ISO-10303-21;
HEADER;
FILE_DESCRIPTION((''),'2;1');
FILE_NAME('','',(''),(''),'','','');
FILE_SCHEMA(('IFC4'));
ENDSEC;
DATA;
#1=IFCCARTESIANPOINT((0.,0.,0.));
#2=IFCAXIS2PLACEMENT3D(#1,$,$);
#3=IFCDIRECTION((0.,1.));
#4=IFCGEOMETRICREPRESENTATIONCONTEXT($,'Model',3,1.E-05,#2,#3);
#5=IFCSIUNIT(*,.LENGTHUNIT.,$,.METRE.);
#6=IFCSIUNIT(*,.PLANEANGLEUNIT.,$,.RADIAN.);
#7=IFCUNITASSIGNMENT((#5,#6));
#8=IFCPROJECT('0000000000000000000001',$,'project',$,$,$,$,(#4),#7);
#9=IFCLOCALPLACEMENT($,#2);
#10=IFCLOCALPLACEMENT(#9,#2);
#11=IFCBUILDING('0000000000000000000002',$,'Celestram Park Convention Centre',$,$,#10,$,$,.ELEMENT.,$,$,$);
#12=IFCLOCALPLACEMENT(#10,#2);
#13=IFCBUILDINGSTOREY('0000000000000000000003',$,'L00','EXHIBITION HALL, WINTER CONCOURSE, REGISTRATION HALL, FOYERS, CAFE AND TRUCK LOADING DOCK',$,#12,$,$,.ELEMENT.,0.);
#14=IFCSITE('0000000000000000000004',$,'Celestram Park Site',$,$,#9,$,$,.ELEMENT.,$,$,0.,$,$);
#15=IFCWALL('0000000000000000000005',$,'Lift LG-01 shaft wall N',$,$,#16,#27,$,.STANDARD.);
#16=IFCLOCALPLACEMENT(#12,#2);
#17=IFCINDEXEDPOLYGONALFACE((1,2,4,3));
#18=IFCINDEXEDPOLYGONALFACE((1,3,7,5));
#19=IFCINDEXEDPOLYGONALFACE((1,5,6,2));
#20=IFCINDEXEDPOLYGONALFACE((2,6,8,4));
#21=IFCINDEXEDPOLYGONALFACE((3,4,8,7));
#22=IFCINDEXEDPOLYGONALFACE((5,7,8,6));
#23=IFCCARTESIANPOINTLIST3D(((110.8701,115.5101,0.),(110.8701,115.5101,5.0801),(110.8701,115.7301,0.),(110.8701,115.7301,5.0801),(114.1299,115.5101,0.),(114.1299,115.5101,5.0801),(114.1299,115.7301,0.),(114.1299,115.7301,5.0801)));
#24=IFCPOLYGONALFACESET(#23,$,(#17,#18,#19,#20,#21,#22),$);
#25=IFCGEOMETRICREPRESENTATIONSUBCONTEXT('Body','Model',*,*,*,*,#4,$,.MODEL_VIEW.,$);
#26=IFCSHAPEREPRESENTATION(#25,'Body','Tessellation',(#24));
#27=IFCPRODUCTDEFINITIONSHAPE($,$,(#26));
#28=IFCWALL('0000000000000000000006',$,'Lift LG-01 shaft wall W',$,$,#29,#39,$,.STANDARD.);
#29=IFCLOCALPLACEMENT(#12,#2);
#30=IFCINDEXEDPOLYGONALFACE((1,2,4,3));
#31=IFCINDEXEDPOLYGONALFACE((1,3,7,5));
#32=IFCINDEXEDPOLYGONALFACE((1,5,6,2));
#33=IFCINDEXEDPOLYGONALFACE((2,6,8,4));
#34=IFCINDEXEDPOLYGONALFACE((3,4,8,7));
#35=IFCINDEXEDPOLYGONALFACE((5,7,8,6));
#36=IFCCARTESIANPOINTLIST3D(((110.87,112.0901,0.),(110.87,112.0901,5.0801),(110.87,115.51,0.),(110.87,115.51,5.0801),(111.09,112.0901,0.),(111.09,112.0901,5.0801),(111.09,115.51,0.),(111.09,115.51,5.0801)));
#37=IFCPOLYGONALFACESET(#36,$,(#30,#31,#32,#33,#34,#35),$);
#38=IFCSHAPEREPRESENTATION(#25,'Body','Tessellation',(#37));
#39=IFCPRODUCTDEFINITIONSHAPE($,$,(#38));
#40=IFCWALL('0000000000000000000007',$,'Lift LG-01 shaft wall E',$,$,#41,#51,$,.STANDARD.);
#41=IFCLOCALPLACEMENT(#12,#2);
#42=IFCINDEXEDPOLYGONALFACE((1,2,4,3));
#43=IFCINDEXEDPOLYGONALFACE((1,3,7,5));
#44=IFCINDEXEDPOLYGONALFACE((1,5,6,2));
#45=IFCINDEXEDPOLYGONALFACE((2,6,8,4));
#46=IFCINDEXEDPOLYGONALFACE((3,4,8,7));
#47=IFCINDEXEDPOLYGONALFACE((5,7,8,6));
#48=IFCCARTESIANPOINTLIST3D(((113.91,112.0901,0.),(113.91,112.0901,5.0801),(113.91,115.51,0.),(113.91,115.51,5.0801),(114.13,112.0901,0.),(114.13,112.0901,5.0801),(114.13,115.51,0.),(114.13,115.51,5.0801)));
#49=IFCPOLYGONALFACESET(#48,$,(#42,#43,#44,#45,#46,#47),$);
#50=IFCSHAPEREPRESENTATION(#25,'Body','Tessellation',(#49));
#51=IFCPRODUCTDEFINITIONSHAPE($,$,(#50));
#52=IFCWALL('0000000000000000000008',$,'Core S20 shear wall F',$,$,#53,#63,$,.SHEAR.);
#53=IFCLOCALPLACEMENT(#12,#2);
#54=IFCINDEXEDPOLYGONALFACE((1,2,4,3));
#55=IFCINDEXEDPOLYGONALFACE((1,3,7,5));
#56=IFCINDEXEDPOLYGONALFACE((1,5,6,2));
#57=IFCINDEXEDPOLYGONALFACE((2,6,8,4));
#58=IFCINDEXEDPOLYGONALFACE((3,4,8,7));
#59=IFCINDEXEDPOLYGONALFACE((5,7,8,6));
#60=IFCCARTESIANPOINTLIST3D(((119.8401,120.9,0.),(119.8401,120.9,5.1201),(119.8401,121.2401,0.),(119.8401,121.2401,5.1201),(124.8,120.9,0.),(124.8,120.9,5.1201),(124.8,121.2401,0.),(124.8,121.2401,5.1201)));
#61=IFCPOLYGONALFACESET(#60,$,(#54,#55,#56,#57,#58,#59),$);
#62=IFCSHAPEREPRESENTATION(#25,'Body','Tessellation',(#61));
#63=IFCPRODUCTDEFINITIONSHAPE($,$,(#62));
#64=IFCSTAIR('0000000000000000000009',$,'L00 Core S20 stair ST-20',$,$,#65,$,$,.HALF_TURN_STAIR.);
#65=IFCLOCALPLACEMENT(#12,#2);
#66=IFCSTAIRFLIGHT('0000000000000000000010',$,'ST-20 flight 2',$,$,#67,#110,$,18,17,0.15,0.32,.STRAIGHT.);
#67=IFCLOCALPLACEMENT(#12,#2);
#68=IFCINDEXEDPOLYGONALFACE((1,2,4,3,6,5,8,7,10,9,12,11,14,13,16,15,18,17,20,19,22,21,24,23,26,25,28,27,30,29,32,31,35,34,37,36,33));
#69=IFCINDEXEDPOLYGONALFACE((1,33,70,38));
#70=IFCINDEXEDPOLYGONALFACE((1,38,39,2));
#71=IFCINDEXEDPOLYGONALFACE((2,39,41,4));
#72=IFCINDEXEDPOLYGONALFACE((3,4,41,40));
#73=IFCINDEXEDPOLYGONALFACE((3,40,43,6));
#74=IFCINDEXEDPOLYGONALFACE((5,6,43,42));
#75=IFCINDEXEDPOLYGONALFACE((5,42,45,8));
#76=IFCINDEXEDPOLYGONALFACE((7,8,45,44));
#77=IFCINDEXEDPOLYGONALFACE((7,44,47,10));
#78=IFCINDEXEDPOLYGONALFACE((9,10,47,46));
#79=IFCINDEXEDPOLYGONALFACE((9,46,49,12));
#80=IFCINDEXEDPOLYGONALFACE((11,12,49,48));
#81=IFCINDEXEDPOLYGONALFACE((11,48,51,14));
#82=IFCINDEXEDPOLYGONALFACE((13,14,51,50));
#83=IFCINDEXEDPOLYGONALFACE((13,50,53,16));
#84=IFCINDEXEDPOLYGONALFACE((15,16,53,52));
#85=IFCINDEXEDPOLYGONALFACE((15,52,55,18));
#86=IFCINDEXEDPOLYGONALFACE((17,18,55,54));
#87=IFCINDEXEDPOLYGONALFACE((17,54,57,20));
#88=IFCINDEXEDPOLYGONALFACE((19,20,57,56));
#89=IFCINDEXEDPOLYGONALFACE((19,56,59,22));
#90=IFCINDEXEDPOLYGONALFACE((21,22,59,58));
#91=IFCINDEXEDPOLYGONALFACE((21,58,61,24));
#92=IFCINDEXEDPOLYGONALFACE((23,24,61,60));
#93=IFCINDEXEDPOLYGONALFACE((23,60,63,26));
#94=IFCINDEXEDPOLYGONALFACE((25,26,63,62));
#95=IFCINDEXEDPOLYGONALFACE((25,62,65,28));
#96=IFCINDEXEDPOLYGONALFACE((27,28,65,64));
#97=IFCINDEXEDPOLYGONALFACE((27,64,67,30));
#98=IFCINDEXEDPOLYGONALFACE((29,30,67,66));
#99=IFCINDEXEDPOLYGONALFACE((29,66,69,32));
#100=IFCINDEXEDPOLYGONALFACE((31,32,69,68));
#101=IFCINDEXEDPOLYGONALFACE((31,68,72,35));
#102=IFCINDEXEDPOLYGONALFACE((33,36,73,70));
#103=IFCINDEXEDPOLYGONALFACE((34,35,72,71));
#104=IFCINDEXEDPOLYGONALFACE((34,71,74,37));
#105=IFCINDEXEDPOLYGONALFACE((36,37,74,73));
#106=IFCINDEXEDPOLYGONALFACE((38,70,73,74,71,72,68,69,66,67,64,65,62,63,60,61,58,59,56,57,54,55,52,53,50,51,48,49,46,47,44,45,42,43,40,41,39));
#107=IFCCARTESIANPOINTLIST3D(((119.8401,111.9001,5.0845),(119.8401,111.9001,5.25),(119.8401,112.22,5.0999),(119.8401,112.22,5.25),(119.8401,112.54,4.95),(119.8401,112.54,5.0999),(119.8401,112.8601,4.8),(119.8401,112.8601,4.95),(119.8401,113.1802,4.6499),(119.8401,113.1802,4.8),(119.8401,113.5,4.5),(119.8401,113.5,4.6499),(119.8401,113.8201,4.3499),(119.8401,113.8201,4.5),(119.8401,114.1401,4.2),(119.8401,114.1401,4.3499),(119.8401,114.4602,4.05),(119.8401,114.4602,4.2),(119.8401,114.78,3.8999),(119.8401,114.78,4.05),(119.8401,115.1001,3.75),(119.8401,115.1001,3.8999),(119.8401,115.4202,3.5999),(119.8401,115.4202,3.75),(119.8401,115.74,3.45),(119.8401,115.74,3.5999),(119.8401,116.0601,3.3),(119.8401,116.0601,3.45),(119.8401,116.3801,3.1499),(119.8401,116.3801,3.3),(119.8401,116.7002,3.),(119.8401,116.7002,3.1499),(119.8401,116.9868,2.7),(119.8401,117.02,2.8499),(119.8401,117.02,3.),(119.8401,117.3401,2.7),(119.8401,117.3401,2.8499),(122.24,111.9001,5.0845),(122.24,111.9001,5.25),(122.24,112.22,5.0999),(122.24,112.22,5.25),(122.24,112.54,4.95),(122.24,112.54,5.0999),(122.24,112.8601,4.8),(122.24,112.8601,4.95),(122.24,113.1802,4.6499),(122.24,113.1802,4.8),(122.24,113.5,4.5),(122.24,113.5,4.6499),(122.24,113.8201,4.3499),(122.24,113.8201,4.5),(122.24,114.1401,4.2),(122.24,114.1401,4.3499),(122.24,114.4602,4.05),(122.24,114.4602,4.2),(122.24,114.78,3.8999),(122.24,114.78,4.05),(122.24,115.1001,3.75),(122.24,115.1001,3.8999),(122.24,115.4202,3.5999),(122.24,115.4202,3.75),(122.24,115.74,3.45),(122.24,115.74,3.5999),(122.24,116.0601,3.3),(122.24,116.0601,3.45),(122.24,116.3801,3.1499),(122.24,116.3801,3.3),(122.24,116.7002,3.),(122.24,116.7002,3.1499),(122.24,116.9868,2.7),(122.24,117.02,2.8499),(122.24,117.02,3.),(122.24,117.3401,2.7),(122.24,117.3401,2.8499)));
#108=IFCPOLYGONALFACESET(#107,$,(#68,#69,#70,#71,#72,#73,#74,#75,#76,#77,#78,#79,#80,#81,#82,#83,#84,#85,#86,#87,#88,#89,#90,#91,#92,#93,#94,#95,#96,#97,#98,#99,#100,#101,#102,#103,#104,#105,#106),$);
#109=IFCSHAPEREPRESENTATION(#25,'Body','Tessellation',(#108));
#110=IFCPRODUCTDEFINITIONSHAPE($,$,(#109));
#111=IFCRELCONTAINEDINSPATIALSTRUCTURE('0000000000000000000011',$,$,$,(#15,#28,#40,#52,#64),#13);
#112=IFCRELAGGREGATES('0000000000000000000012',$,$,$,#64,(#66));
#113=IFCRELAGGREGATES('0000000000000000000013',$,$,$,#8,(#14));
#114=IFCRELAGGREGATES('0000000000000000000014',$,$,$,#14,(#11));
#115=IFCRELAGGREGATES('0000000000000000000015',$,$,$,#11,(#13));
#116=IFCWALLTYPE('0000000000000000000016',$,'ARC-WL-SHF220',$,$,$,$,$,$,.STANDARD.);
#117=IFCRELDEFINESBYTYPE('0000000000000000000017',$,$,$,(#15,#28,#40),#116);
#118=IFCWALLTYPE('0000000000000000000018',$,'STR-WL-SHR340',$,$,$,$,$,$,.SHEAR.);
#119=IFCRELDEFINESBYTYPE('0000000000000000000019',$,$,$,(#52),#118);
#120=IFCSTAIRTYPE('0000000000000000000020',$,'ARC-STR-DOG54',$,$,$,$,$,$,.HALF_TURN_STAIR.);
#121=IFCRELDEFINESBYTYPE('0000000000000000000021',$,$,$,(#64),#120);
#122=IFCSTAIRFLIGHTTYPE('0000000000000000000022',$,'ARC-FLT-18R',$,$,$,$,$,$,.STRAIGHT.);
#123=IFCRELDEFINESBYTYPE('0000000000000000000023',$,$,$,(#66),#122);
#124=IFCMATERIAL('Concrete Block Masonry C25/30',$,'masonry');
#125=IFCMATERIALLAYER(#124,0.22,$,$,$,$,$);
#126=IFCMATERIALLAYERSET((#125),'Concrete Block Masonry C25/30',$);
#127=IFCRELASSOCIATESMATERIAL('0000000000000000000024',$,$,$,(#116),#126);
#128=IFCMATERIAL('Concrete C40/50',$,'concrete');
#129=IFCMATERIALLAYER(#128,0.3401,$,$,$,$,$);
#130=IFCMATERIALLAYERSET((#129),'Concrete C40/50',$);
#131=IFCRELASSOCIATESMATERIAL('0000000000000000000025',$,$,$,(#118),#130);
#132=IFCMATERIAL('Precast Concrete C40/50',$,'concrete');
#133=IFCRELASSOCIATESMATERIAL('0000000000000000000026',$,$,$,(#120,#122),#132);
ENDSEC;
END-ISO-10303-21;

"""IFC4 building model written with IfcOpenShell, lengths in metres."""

from ifc_helpers import new_model, si_unit, direction, frame, frame_2d, origin, place, context, subcontext, project, spatial, polyline, rectangle, outline, extrude, material, layer, layer_set, type_object, element, aggregate, save


model = new_model("IFC4")

# Units and contexts
model_context = context("Model", 3, precision=1e-05, world=origin(), true_north=direction((0.0, 1.0)))
body_context = subcontext(model_context, "Body", "Model", "MODEL_VIEW")
ifc_project = project(units=[si_unit("LENGTHUNIT", "METRE"), si_unit("PLANEANGLEUNIT", "RADIAN")], contexts=[model_context])

# Site, building, storey
site_placement = place(None, origin())
site = spatial("IfcSite", under=ifc_project, at=site_placement, Name="Celestram Park Site", CompositionType="ELEMENT", RefElevation=0.0)
building_placement = place(site_placement, origin())
building = spatial("IfcBuilding", under=site, at=building_placement, Name="Celestram Park Convention Centre", CompositionType="ELEMENT")
storey_placement = place(building_placement, origin())
storey = spatial("IfcBuildingStorey", under=building, at=storey_placement, Name="L00", Description="EXHIBITION HALL, WINTER CONCOURSE, REGISTRATION HALL, FOYERS, CAFE AND TRUCK LOADING DOCK", CompositionType="ELEMENT", Elevation=0.0)

# Shared definitions
ifc_material_1 = material(Name="Concrete C40/50", Category="concrete")

# Shared definitions
ifc_material_2 = material(Name="Concrete Block Masonry C25/30", Category="masonry")
ifc_layer_1 = layer(ifc_material_2, 0.22)
ifc_layer_set_1 = layer_set([ifc_layer_1], Name="Concrete Block Masonry C25/30")
wall_type_1 = type_object("IfcWallType", Name="ARC-WL-SHF220", PredefinedType="STANDARD", material=ifc_layer_set_1)

# Walls
wall_1_placement = place(storey_placement, frame((114.1299, 115.6201, 0.0), z_axis=(0.0, 0.0, 1.0), x_axis=(-1.0, 0.0, 0.0)))
element("IfcWall", 1, at=wall_1_placement, inside=storey, type_object=wall_type_1, Name="Lift LG-01 shaft wall N", PredefinedType="STANDARD", context=body_context, shape_type="SweptSolid", body=[
    extrude(rectangle(XDim=3.2598, YDim=0.22, at=frame_2d((1.6299, 0.0))), origin(), (0.0, 0.0, 1.0), 5.0801),
])
for number, where, z_axis, x_axis, name in (
    (2, (110.98, 115.51, 0.0), (0.0, 0.0, 1.0), (0.0, -1.0, 0.0), "Lift LG-01 shaft wall W"),
    (3, (114.02, 112.0901, 0.0), (0.0, 0.0, 1.0), (0.0, 1.0, 0.0), "Lift LG-01 shaft wall E"),
):
    element("IfcWall", number, at=place(storey_placement, frame(where, z_axis=z_axis, x_axis=x_axis)), inside=storey, type_object=wall_type_1, Name=name, PredefinedType="STANDARD", context=body_context, shape_type="SweptSolid", body=[
        extrude(rectangle(XDim=3.4199, YDim=0.22, at=frame_2d((1.71, 0.0))), origin(), (0.0, 0.0, 1.0), 5.0801),
    ])
ifc_layer_2 = layer(ifc_material_1, 0.3401)
ifc_layer_set_2 = layer_set([ifc_layer_2], Name="Concrete C40/50")
wall_type_2 = type_object("IfcWallType", Name="STR-WL-SHR340", PredefinedType="SHEAR", material=ifc_layer_set_2)
wall_2_placement = place(storey_placement, frame((119.8401, 121.0701, 0.0), z_axis=(0.0, 0.0, 1.0), x_axis=(1.0, 0.0, 0.0)))
element("IfcWall", 4, at=wall_2_placement, inside=storey, type_object=wall_type_2, Name="Core S20 shear wall F", PredefinedType="SHEAR", context=body_context, shape_type="SweptSolid", body=[
    extrude(rectangle(XDim=4.96, YDim=0.3401, at=frame_2d((2.48, 0.0))), origin(), (0.0, 0.0, 1.0), 5.1201),
])

# Stair, stair flight
ifc_material_3 = material(Name="Precast Concrete C40/50", Category="concrete")
stair_type = type_object("IfcStairType", Name="ARC-STR-DOG54", PredefinedType="HALF_TURN_STAIR", material=ifc_material_3)
stair_placement = place(storey_placement, origin())
stair = element("IfcStair", 5, at=stair_placement, inside=storey, type_object=stair_type, Name="L00 Core S20 stair ST-20", PredefinedType="HALF_TURN_STAIR")
stair_flight_type = type_object("IfcStairFlightType", Name="ARC-FLT-18R", PredefinedType="STRAIGHT", material=ifc_material_3)
stair_flight_placement = place(storey_placement, frame((121.04, 117.3401, 2.7), z_axis=(0.0, 0.0, 1.0), x_axis=(0.0, -1.0, 0.0)))
stair_flight = element("IfcStairFlight", 6, at=stair_flight_placement, type_object=stair_flight_type, Name="ST-20 flight 2", NumberOfRisers=18, NumberOfTreads=17, PredefinedType="STRAIGHT", RiserHeight=0.15, TreadLength=0.32, context=body_context, shape_type="SweptSolid", body=[
    extrude(outline(polyline([(0.0, 0.0), (0.0, 0.1499), (0.3201, 0.1499), (0.3201, 0.3), (0.6399, 0.3), (0.6399, 0.45), (0.96, 0.45), (0.96, 0.6001), (1.28, 0.6001), (1.28, 0.75), (1.6001, 0.75), (1.6001, 0.8999), (1.9199, 0.8999), (1.9199, 1.05), (2.24, 1.05), (2.24, 1.2), (2.5601, 1.2), (2.5601, 1.3501), (2.8799, 1.3501), (2.8799, 1.5), (3.2, 1.5), (3.2, 1.6499), (3.52, 1.6499), (3.52, 1.8), (3.8401, 1.8), (3.8401, 1.95), (4.1599, 1.95), (4.1599, 2.1001), (4.48, 2.1001), (4.48, 2.25), (4.8, 2.25), (4.8, 2.3999), (5.1201, 2.3999), (5.1201, 2.55), (5.4399, 2.55), (5.4399, 2.7), (5.4399, 2.3845), (0.3533, 0.0), (0.0, 0.0)])), frame((0.0, 1.2, 0.0), z_axis=(0.0, -1.0, 0.0), x_axis=(1.0, 0.0, 0.0)), (0.0, 0.0, 1.0), 2.3999),
])
aggregate(stair, [stair_flight])

save(model, "model.ifc")
